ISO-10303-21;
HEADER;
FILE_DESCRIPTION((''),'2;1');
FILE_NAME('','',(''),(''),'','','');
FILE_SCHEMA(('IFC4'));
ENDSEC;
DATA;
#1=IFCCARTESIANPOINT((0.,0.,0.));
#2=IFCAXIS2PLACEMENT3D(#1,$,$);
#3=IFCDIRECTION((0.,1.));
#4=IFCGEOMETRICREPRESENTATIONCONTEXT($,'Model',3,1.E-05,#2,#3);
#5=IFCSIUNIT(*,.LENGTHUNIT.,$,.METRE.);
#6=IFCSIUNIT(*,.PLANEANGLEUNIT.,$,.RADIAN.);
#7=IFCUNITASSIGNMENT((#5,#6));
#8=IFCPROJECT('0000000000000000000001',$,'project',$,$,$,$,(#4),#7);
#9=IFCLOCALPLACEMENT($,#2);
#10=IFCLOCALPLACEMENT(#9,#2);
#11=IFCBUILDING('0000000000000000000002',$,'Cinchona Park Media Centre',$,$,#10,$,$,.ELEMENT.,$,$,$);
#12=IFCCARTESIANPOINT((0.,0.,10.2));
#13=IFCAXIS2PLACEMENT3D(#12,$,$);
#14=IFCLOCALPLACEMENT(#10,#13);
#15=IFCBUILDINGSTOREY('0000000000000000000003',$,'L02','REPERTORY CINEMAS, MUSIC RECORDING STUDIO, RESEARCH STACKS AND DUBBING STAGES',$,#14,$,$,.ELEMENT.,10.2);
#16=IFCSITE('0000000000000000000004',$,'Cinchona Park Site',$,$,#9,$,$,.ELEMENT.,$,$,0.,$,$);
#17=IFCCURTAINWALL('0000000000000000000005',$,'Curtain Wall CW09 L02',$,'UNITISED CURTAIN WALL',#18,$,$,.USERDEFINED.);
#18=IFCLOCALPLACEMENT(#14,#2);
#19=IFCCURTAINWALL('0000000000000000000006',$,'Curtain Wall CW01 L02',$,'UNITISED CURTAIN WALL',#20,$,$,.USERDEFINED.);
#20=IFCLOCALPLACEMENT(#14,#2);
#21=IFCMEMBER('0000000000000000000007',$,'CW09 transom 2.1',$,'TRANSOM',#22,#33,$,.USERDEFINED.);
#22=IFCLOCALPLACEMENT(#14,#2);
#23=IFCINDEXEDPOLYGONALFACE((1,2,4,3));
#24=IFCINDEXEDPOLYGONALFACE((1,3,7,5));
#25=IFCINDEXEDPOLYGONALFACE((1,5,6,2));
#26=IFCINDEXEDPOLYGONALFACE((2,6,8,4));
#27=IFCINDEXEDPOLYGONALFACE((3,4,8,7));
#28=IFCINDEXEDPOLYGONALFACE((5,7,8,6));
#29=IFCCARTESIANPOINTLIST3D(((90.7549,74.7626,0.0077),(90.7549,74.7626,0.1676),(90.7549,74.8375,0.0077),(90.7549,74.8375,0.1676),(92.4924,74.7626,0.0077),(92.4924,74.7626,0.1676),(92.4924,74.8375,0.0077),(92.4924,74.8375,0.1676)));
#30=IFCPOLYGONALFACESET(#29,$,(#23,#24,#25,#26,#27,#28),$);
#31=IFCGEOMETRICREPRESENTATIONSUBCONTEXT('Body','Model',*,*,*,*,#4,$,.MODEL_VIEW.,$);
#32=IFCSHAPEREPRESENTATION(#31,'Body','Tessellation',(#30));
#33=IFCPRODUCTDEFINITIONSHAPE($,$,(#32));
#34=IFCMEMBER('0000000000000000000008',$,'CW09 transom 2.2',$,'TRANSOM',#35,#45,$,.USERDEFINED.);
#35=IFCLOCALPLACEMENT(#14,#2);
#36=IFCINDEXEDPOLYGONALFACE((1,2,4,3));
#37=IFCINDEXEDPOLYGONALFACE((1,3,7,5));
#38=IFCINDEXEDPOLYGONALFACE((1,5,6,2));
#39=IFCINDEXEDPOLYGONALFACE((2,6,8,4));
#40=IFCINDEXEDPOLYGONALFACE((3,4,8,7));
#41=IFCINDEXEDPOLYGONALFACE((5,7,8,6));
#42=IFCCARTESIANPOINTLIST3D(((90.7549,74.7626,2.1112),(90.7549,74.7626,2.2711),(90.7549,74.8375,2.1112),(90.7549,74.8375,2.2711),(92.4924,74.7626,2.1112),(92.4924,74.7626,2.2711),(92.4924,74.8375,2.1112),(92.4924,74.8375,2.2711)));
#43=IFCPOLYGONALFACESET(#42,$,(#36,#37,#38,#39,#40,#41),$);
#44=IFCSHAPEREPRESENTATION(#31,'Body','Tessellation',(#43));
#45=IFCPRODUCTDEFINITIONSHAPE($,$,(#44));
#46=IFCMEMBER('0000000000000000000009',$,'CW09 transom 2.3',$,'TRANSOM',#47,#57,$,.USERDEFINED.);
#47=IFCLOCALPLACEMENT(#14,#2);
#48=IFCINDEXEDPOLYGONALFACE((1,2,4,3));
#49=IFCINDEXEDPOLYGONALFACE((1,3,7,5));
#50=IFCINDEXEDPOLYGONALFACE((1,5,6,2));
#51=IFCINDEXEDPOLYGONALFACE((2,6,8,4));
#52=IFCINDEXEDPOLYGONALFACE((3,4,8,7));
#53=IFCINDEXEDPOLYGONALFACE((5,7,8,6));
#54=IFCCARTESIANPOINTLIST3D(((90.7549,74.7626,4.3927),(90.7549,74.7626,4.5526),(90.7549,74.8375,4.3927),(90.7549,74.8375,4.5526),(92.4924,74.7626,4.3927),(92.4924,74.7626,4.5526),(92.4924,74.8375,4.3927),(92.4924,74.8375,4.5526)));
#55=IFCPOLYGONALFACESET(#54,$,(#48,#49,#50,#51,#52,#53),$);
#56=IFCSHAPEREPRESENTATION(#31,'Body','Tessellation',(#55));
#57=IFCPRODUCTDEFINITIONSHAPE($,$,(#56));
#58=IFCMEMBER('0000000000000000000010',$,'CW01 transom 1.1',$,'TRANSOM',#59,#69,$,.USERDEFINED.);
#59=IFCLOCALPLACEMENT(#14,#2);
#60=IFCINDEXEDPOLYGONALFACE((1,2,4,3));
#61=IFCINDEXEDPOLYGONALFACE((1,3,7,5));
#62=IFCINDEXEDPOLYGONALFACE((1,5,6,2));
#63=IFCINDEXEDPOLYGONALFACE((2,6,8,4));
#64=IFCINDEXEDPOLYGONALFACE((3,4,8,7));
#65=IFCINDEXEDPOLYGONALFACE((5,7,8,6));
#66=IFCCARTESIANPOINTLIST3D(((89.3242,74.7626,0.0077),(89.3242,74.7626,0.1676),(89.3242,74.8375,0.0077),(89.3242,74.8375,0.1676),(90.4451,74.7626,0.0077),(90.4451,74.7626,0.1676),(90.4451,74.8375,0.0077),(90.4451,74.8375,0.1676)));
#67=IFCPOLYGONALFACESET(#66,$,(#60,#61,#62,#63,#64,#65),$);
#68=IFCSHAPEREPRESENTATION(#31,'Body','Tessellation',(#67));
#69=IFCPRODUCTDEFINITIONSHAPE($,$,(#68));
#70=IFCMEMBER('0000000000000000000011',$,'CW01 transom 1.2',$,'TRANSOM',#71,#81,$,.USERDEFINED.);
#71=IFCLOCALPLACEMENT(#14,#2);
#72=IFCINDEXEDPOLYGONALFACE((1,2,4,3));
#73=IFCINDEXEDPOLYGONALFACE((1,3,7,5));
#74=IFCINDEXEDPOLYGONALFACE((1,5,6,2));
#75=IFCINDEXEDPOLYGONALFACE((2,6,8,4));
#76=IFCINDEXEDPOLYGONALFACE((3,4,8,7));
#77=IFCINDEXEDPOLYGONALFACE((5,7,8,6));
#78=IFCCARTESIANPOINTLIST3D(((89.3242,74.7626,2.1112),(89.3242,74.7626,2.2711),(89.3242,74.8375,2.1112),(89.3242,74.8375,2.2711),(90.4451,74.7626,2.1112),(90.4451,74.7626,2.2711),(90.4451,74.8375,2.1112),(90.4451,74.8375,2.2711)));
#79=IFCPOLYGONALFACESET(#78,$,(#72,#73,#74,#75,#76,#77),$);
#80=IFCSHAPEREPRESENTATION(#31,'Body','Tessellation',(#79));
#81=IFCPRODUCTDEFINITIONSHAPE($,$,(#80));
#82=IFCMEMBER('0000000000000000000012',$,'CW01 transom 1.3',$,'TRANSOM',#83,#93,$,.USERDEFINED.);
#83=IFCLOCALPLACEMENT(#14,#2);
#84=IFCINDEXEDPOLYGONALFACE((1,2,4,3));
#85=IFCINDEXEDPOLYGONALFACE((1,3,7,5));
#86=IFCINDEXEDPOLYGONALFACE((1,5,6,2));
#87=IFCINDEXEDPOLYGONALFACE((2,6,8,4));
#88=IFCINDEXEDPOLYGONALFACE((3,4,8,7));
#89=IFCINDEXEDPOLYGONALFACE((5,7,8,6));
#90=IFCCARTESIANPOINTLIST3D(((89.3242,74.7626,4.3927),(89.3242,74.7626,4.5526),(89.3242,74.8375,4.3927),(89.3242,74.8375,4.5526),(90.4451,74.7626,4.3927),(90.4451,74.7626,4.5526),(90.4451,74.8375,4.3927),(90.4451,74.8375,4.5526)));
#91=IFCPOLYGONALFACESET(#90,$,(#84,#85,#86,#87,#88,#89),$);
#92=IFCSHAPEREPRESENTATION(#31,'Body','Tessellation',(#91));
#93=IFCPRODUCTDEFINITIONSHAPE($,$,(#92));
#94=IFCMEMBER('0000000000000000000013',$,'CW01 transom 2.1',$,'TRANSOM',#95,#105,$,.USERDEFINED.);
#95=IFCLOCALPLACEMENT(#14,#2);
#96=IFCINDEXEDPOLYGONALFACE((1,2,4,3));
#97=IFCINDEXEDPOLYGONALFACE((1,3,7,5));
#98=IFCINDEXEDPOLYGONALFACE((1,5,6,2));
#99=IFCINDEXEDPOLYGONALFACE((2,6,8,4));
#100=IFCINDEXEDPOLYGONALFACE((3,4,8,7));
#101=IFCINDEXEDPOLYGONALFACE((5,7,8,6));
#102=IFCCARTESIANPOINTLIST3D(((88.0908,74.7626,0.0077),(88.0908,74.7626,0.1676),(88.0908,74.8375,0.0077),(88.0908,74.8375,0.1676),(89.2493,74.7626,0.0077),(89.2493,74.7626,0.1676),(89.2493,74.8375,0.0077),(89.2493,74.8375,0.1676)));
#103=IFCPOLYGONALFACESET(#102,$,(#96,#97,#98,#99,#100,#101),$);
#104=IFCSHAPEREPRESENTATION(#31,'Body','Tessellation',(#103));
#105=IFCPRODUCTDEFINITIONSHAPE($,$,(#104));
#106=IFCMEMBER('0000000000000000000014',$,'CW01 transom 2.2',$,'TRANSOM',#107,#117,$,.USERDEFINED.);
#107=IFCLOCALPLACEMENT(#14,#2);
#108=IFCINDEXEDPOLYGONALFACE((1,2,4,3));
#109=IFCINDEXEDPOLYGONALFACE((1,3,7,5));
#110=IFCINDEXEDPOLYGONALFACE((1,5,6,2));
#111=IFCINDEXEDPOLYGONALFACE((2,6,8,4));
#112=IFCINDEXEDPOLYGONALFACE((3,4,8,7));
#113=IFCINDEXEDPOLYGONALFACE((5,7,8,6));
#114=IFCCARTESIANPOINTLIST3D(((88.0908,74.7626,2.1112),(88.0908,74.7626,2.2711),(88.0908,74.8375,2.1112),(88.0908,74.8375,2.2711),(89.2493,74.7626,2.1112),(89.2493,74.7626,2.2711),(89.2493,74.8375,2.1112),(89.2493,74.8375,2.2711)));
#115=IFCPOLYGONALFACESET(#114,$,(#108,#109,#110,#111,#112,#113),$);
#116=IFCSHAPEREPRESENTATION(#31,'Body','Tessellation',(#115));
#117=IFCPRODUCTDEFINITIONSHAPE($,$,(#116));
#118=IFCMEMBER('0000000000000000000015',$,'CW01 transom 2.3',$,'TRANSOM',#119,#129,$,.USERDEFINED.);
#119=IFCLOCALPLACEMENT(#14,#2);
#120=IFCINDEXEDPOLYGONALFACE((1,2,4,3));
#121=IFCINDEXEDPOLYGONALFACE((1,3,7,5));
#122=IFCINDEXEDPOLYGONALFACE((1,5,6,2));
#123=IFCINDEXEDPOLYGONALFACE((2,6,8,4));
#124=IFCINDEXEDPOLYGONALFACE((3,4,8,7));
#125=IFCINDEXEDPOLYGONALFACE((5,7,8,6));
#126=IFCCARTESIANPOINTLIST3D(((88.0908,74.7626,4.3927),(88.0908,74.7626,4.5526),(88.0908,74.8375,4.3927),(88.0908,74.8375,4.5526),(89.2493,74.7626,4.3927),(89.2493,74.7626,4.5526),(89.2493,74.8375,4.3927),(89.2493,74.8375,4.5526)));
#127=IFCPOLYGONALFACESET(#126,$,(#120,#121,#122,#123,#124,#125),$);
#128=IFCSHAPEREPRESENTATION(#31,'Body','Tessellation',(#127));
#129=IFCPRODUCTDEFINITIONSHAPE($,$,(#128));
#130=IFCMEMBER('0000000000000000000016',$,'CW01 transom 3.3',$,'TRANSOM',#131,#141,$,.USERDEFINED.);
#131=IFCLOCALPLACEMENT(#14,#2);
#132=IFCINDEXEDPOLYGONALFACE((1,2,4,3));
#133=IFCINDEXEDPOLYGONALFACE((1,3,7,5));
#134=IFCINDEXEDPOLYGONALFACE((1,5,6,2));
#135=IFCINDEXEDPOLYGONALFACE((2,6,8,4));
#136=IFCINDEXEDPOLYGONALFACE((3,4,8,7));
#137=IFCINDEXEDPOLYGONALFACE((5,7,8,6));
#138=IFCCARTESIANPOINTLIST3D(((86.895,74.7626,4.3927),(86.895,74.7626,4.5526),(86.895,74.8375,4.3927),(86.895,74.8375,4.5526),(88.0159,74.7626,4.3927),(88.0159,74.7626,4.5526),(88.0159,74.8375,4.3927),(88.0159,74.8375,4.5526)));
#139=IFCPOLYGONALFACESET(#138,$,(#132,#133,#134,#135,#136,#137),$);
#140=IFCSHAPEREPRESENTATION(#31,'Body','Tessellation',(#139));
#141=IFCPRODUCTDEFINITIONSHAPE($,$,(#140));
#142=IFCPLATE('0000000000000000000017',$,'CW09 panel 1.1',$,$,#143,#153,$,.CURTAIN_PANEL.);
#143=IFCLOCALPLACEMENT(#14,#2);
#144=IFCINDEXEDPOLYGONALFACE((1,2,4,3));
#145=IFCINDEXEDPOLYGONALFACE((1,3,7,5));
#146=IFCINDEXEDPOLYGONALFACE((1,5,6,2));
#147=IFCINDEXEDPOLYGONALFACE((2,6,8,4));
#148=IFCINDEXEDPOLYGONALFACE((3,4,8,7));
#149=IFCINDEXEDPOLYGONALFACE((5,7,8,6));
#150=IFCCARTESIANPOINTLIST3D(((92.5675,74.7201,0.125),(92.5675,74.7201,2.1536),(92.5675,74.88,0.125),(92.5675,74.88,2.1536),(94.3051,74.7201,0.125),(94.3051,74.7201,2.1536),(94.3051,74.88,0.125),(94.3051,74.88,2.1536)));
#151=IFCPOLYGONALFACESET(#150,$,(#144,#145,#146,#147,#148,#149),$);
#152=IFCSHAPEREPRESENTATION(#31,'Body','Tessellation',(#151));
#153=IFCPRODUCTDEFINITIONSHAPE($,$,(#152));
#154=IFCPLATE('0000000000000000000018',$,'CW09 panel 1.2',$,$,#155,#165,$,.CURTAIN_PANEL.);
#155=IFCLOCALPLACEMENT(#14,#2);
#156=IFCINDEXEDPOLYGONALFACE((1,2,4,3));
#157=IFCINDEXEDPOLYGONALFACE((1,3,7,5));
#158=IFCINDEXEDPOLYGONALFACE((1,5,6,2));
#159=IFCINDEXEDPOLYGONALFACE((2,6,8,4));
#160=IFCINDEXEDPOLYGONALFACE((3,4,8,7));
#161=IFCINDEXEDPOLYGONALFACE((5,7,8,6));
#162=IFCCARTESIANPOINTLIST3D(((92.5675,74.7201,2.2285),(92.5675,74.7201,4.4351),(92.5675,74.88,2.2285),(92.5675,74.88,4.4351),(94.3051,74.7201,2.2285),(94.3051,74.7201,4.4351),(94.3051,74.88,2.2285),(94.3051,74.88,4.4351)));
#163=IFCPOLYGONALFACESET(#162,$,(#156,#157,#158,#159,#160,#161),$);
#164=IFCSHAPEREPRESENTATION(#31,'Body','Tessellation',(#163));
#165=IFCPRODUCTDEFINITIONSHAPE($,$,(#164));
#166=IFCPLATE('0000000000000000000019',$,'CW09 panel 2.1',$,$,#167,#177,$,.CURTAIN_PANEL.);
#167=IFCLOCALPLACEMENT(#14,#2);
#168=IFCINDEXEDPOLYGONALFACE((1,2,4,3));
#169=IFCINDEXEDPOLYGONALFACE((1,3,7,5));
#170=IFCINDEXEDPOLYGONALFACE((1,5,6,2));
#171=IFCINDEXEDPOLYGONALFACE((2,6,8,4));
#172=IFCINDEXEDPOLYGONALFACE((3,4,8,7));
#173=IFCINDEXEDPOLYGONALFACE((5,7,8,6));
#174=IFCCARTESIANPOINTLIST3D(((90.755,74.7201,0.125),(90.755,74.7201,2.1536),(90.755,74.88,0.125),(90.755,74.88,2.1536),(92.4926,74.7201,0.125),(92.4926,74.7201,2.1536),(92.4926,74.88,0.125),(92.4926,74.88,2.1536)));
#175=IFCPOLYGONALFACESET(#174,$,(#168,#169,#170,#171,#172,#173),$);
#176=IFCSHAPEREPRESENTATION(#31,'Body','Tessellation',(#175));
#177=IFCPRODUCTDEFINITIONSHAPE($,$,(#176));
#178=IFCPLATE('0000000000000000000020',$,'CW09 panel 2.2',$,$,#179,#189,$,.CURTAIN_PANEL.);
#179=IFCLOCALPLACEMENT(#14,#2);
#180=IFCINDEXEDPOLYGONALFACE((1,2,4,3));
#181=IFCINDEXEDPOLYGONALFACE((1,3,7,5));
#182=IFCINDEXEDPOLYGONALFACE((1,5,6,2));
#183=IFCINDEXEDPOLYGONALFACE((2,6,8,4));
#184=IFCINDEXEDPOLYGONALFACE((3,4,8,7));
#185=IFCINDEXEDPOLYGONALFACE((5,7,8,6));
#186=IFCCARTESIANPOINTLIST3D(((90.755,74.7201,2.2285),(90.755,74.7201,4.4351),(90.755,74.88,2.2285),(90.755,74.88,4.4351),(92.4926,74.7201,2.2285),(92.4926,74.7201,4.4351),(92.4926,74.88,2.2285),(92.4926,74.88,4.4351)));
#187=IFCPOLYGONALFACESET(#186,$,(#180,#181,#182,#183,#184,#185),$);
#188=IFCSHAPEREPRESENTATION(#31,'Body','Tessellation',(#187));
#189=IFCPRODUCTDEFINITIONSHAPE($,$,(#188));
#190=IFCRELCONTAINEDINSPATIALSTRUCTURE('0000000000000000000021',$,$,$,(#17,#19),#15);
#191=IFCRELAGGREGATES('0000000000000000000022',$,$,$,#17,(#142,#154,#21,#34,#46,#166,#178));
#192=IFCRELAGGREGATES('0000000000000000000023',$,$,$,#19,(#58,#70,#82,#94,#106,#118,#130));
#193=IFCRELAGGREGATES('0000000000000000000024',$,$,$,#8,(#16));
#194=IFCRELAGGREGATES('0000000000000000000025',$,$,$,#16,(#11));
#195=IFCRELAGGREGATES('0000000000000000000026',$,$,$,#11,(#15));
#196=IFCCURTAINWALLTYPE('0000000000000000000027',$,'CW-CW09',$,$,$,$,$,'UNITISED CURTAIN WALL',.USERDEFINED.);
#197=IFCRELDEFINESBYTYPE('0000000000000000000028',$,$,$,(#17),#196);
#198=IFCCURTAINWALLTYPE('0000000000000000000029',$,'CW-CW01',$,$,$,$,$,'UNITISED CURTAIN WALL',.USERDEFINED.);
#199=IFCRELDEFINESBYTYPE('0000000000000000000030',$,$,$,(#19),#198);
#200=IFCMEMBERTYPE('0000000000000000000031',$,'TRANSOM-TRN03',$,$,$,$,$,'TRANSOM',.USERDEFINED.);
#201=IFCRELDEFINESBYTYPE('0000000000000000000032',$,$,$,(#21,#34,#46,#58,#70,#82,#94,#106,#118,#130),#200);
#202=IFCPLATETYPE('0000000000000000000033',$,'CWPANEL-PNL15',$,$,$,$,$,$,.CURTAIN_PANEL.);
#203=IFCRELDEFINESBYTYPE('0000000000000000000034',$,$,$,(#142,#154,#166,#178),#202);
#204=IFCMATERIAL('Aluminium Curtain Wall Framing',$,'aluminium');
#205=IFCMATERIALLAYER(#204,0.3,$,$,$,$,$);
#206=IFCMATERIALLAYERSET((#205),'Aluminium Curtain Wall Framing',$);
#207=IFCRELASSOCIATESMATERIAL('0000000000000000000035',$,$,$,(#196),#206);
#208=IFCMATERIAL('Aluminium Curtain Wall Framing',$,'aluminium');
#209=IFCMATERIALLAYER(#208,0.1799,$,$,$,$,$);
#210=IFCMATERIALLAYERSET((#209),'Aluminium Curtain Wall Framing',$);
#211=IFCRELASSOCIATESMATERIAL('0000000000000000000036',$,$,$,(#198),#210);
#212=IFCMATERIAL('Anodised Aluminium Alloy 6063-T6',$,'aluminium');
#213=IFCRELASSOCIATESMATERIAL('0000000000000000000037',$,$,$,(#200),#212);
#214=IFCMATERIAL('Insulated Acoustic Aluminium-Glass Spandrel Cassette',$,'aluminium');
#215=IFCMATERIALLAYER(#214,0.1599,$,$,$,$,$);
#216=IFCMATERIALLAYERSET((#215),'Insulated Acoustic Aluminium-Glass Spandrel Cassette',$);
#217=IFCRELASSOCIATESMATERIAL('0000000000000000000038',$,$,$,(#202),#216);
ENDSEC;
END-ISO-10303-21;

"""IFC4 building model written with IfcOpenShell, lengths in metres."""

from ifc_helpers import new_model, si_unit, direction, frame, origin, origin_2d, place, context, subcontext, project, spatial, rectangle, extrude, material, layer, layer_set, material_profile, profile_set, type_object, element, aggregate, save


model = new_model("IFC4")

# Units and contexts
model_context = context("Model", 3, precision=1e-05, world=origin(), true_north=direction((0.0, 1.0)))
body_context = subcontext(model_context, "Body", "Model", "MODEL_VIEW")
ifc_project = project(units=[si_unit("LENGTHUNIT", "METRE"), si_unit("PLANEANGLEUNIT", "RADIAN")], contexts=[model_context])

# Site, building, storey
site_placement = place(None, origin())
site = spatial("IfcSite", under=ifc_project, at=site_placement, Name="Cinchona Park Site", CompositionType="ELEMENT", RefElevation=0.0)
building_placement = place(site_placement, origin())
building = spatial("IfcBuilding", under=site, at=building_placement, Name="Cinchona Park Media Centre", CompositionType="ELEMENT")
storey_placement = place(building_placement, frame((0.0, 0.0, 10.2)))
storey = spatial("IfcBuildingStorey", under=building, at=storey_placement, Name="L02", Description="REPERTORY CINEMAS, MUSIC RECORDING STUDIO, RESEARCH STACKS AND DUBBING STAGES", CompositionType="ELEMENT", Elevation=10.2)

# Curtain walls
ifc_material_1 = material(Name="Aluminium Curtain Wall Framing", Category="aluminium")
ifc_layer_1 = layer(ifc_material_1, 0.3)
ifc_layer_set_1 = layer_set([ifc_layer_1], Name="Aluminium Curtain Wall Framing")
curtain_wall_type_1 = type_object("IfcCurtainWallType", Name="CW-CW09", ElementType="UNITISED CURTAIN WALL", PredefinedType="USERDEFINED", material=ifc_layer_set_1)
curtain_wall_1_placement = place(storey_placement, origin())
curtain_wall_1 = element("IfcCurtainWall", 1, at=curtain_wall_1_placement, inside=storey, type_object=curtain_wall_type_1, Name="Curtain Wall CW09 L02", ObjectType="UNITISED CURTAIN WALL", PredefinedType="USERDEFINED")
ifc_material_2 = material(Name="Aluminium Curtain Wall Framing", Category="aluminium")
ifc_layer_2 = layer(ifc_material_2, 0.1799)
ifc_layer_set_2 = layer_set([ifc_layer_2], Name="Aluminium Curtain Wall Framing")
curtain_wall_type_2 = type_object("IfcCurtainWallType", Name="CW-CW01", ElementType="UNITISED CURTAIN WALL", PredefinedType="USERDEFINED", material=ifc_layer_set_2)
curtain_wall_2_placement = place(storey_placement, origin())
curtain_wall_2 = element("IfcCurtainWall", 2, at=curtain_wall_2_placement, inside=storey, type_object=curtain_wall_type_2, Name="Curtain Wall CW01 L02", ObjectType="UNITISED CURTAIN WALL", PredefinedType="USERDEFINED")

# Members
ifc_material_3 = material(Name="Anodised Aluminium Alloy 6063-T6", Category="aluminium")
ifc_material_profile_1 = material_profile(ifc_material_3, rectangle(XDim=0.075, YDim=0.1599, at=origin_2d()), Name="TRN-75X160")
ifc_profile_set_1 = profile_set([ifc_material_profile_1], Name="Anodised Aluminium Alloy 6063-T6")
member_type_1 = type_object("IfcMemberType", Name="TRANSOM-TRN03", ElementType="TRANSOM", PredefinedType="USERDEFINED", material=ifc_profile_set_1)
member_1_placement = place(storey_placement, frame((92.4924, 74.8, 0.0876), z_axis=(-1.0, 0.0, 0.0), x_axis=(0.0, -1.0, 0.0)))
member_1 = element("IfcMember", 3, at=member_1_placement, type_object=member_type_1, Name="CW09 transom 2.1", ObjectType="TRANSOM", PredefinedType="USERDEFINED", context=body_context, shape_type="SweptSolid", body=[
    extrude(rectangle(XDim=0.075, YDim=0.1599, at=origin_2d()), origin(), (0.0, 0.0, 1.0), 1.7375),
])
member_2_placement = place(storey_placement, frame((92.4924, 74.8, 2.1912), z_axis=(-1.0, 0.0, 0.0), x_axis=(0.0, -1.0, 0.0)))
member_2 = element("IfcMember", 4, at=member_2_placement, type_object=member_type_1, Name="CW09 transom 2.2", ObjectType="TRANSOM", PredefinedType="USERDEFINED", context=body_context, shape_type="SweptSolid", body=[
    extrude(rectangle(XDim=0.075, YDim=0.1599, at=origin_2d()), origin(), (0.0, 0.0, 1.0), 1.7375),
])
member_3_placement = place(storey_placement, frame((92.4924, 74.8, 4.4727), z_axis=(-1.0, 0.0, 0.0), x_axis=(0.0, -1.0, 0.0)))
member_3 = element("IfcMember", 5, at=member_3_placement, type_object=member_type_1, Name="CW09 transom 2.3", ObjectType="TRANSOM", PredefinedType="USERDEFINED", context=body_context, shape_type="SweptSolid", body=[
    extrude(rectangle(XDim=0.075, YDim=0.1599, at=origin_2d()), origin(), (0.0, 0.0, 1.0), 1.7375),
])
member_4_placement = place(storey_placement, frame((90.4451, 74.8, 0.0876), z_axis=(-1.0, 0.0, 0.0), x_axis=(0.0, -1.0, 0.0)))
member_4 = element("IfcMember", 6, at=member_4_placement, type_object=member_type_1, Name="CW01 transom 1.1", ObjectType="TRANSOM", PredefinedType="USERDEFINED", context=body_context, shape_type="SweptSolid", body=[
    extrude(rectangle(XDim=0.075, YDim=0.1599, at=origin_2d()), origin(), (0.0, 0.0, 1.0), 1.1208),
])
member_5_placement = place(storey_placement, frame((90.4451, 74.8, 2.1912), z_axis=(-1.0, 0.0, 0.0), x_axis=(0.0, -1.0, 0.0)))
member_5 = element("IfcMember", 7, at=member_5_placement, type_object=member_type_1, Name="CW01 transom 1.2", ObjectType="TRANSOM", PredefinedType="USERDEFINED", context=body_context, shape_type="SweptSolid", body=[
    extrude(rectangle(XDim=0.075, YDim=0.1599, at=origin_2d()), origin(), (0.0, 0.0, 1.0), 1.1208),
])
member_6_placement = place(storey_placement, frame((90.4451, 74.8, 4.4727), z_axis=(-1.0, 0.0, 0.0), x_axis=(0.0, -1.0, 0.0)))
member_6 = element("IfcMember", 8, at=member_6_placement, type_object=member_type_1, Name="CW01 transom 1.3", ObjectType="TRANSOM", PredefinedType="USERDEFINED", context=body_context, shape_type="SweptSolid", body=[
    extrude(rectangle(XDim=0.075, YDim=0.1599, at=origin_2d()), origin(), (0.0, 0.0, 1.0), 1.1208),
])
member_7_placement = place(storey_placement, frame((89.2493, 74.8, 0.0876), z_axis=(-1.0, 0.0, 0.0), x_axis=(0.0, -1.0, 0.0)))
member_7 = element("IfcMember", 9, at=member_7_placement, type_object=member_type_1, Name="CW01 transom 2.1", ObjectType="TRANSOM", PredefinedType="USERDEFINED", context=body_context, shape_type="SweptSolid", body=[
    extrude(rectangle(XDim=0.075, YDim=0.1599, at=origin_2d()), origin(), (0.0, 0.0, 1.0), 1.1584),
])
member_8_placement = place(storey_placement, frame((89.2493, 74.8, 2.1912), z_axis=(-1.0, 0.0, 0.0), x_axis=(0.0, -1.0, 0.0)))
member_8 = element("IfcMember", 10, at=member_8_placement, type_object=member_type_1, Name="CW01 transom 2.2", ObjectType="TRANSOM", PredefinedType="USERDEFINED", context=body_context, shape_type="SweptSolid", body=[
    extrude(rectangle(XDim=0.075, YDim=0.1599, at=origin_2d()), origin(), (0.0, 0.0, 1.0), 1.1584),
])
member_9_placement = place(storey_placement, frame((89.2493, 74.8, 4.4727), z_axis=(-1.0, 0.0, 0.0), x_axis=(0.0, -1.0, 0.0)))
member_9 = element("IfcMember", 11, at=member_9_placement, type_object=member_type_1, Name="CW01 transom 2.3", ObjectType="TRANSOM", PredefinedType="USERDEFINED", context=body_context, shape_type="SweptSolid", body=[
    extrude(rectangle(XDim=0.075, YDim=0.1599, at=origin_2d()), origin(), (0.0, 0.0, 1.0), 1.1584),
])
member_10_placement = place(storey_placement, frame((88.0159, 74.8, 4.4727), z_axis=(-1.0, 0.0, 0.0), x_axis=(0.0, -1.0, 0.0)))
member_10 = element("IfcMember", 12, at=member_10_placement, type_object=member_type_1, Name="CW01 transom 3.3", ObjectType="TRANSOM", PredefinedType="USERDEFINED", context=body_context, shape_type="SweptSolid", body=[
    extrude(rectangle(XDim=0.075, YDim=0.1599, at=origin_2d()), origin(), (0.0, 0.0, 1.0), 1.1208),
])

# Plates
ifc_material_4 = material(Name="Insulated Acoustic Aluminium-Glass Spandrel Cassette", Category="aluminium")
ifc_layer_3 = layer(ifc_material_4, 0.1599)
ifc_layer_set_3 = layer_set([ifc_layer_3], Name="Insulated Acoustic Aluminium-Glass Spandrel Cassette")
plate_type_1 = type_object("IfcPlateType", Name="CWPANEL-PNL15", PredefinedType="CURTAIN_PANEL", material=ifc_layer_set_3)
plate_1_placement = place(storey_placement, frame((93.4363, 74.8, 0.125), z_axis=(0.0, 0.0, 1.0), x_axis=(-1.0, 0.0, 0.0)))
plate_1 = element("IfcPlate", 13, at=plate_1_placement, type_object=plate_type_1, Name="CW09 panel 1.1", PredefinedType="CURTAIN_PANEL", context=body_context, shape_type="SweptSolid", body=[
    extrude(rectangle(XDim=1.7375, YDim=0.1599, at=origin_2d()), origin(), (0.0, 0.0, 1.0), 2.0286),
])
plate_2_placement = place(storey_placement, frame((93.4363, 74.8, 2.2285), z_axis=(0.0, 0.0, 1.0), x_axis=(-1.0, 0.0, 0.0)))
plate_2 = element("IfcPlate", 14, at=plate_2_placement, type_object=plate_type_1, Name="CW09 panel 1.2", PredefinedType="CURTAIN_PANEL", context=body_context, shape_type="SweptSolid", body=[
    extrude(rectangle(XDim=1.7375, YDim=0.1599, at=origin_2d()), origin(), (0.0, 0.0, 1.0), 2.2065),
])
plate_3_placement = place(storey_placement, frame((91.6238, 74.8, 0.125), z_axis=(0.0, 0.0, 1.0), x_axis=(-1.0, 0.0, 0.0)))
plate_3 = element("IfcPlate", 15, at=plate_3_placement, type_object=plate_type_1, Name="CW09 panel 2.1", PredefinedType="CURTAIN_PANEL", context=body_context, shape_type="SweptSolid", body=[
    extrude(rectangle(XDim=1.7375, YDim=0.1599, at=origin_2d()), origin(), (0.0, 0.0, 1.0), 2.0286),
])
plate_4_placement = place(storey_placement, frame((91.6238, 74.8, 2.2285), z_axis=(0.0, 0.0, 1.0), x_axis=(-1.0, 0.0, 0.0)))
plate_4 = element("IfcPlate", 16, at=plate_4_placement, type_object=plate_type_1, Name="CW09 panel 2.2", PredefinedType="CURTAIN_PANEL", context=body_context, shape_type="SweptSolid", body=[
    extrude(rectangle(XDim=1.7375, YDim=0.1599, at=origin_2d()), origin(), (0.0, 0.0, 1.0), 2.2065),
])
aggregate(curtain_wall_1, [plate_1, plate_2, member_1, member_2, member_3, plate_3, plate_4])
aggregate(curtain_wall_2, [member_4, member_5, member_6, member_7, member_8, member_9, member_10])

save(model, "model.ifc")
